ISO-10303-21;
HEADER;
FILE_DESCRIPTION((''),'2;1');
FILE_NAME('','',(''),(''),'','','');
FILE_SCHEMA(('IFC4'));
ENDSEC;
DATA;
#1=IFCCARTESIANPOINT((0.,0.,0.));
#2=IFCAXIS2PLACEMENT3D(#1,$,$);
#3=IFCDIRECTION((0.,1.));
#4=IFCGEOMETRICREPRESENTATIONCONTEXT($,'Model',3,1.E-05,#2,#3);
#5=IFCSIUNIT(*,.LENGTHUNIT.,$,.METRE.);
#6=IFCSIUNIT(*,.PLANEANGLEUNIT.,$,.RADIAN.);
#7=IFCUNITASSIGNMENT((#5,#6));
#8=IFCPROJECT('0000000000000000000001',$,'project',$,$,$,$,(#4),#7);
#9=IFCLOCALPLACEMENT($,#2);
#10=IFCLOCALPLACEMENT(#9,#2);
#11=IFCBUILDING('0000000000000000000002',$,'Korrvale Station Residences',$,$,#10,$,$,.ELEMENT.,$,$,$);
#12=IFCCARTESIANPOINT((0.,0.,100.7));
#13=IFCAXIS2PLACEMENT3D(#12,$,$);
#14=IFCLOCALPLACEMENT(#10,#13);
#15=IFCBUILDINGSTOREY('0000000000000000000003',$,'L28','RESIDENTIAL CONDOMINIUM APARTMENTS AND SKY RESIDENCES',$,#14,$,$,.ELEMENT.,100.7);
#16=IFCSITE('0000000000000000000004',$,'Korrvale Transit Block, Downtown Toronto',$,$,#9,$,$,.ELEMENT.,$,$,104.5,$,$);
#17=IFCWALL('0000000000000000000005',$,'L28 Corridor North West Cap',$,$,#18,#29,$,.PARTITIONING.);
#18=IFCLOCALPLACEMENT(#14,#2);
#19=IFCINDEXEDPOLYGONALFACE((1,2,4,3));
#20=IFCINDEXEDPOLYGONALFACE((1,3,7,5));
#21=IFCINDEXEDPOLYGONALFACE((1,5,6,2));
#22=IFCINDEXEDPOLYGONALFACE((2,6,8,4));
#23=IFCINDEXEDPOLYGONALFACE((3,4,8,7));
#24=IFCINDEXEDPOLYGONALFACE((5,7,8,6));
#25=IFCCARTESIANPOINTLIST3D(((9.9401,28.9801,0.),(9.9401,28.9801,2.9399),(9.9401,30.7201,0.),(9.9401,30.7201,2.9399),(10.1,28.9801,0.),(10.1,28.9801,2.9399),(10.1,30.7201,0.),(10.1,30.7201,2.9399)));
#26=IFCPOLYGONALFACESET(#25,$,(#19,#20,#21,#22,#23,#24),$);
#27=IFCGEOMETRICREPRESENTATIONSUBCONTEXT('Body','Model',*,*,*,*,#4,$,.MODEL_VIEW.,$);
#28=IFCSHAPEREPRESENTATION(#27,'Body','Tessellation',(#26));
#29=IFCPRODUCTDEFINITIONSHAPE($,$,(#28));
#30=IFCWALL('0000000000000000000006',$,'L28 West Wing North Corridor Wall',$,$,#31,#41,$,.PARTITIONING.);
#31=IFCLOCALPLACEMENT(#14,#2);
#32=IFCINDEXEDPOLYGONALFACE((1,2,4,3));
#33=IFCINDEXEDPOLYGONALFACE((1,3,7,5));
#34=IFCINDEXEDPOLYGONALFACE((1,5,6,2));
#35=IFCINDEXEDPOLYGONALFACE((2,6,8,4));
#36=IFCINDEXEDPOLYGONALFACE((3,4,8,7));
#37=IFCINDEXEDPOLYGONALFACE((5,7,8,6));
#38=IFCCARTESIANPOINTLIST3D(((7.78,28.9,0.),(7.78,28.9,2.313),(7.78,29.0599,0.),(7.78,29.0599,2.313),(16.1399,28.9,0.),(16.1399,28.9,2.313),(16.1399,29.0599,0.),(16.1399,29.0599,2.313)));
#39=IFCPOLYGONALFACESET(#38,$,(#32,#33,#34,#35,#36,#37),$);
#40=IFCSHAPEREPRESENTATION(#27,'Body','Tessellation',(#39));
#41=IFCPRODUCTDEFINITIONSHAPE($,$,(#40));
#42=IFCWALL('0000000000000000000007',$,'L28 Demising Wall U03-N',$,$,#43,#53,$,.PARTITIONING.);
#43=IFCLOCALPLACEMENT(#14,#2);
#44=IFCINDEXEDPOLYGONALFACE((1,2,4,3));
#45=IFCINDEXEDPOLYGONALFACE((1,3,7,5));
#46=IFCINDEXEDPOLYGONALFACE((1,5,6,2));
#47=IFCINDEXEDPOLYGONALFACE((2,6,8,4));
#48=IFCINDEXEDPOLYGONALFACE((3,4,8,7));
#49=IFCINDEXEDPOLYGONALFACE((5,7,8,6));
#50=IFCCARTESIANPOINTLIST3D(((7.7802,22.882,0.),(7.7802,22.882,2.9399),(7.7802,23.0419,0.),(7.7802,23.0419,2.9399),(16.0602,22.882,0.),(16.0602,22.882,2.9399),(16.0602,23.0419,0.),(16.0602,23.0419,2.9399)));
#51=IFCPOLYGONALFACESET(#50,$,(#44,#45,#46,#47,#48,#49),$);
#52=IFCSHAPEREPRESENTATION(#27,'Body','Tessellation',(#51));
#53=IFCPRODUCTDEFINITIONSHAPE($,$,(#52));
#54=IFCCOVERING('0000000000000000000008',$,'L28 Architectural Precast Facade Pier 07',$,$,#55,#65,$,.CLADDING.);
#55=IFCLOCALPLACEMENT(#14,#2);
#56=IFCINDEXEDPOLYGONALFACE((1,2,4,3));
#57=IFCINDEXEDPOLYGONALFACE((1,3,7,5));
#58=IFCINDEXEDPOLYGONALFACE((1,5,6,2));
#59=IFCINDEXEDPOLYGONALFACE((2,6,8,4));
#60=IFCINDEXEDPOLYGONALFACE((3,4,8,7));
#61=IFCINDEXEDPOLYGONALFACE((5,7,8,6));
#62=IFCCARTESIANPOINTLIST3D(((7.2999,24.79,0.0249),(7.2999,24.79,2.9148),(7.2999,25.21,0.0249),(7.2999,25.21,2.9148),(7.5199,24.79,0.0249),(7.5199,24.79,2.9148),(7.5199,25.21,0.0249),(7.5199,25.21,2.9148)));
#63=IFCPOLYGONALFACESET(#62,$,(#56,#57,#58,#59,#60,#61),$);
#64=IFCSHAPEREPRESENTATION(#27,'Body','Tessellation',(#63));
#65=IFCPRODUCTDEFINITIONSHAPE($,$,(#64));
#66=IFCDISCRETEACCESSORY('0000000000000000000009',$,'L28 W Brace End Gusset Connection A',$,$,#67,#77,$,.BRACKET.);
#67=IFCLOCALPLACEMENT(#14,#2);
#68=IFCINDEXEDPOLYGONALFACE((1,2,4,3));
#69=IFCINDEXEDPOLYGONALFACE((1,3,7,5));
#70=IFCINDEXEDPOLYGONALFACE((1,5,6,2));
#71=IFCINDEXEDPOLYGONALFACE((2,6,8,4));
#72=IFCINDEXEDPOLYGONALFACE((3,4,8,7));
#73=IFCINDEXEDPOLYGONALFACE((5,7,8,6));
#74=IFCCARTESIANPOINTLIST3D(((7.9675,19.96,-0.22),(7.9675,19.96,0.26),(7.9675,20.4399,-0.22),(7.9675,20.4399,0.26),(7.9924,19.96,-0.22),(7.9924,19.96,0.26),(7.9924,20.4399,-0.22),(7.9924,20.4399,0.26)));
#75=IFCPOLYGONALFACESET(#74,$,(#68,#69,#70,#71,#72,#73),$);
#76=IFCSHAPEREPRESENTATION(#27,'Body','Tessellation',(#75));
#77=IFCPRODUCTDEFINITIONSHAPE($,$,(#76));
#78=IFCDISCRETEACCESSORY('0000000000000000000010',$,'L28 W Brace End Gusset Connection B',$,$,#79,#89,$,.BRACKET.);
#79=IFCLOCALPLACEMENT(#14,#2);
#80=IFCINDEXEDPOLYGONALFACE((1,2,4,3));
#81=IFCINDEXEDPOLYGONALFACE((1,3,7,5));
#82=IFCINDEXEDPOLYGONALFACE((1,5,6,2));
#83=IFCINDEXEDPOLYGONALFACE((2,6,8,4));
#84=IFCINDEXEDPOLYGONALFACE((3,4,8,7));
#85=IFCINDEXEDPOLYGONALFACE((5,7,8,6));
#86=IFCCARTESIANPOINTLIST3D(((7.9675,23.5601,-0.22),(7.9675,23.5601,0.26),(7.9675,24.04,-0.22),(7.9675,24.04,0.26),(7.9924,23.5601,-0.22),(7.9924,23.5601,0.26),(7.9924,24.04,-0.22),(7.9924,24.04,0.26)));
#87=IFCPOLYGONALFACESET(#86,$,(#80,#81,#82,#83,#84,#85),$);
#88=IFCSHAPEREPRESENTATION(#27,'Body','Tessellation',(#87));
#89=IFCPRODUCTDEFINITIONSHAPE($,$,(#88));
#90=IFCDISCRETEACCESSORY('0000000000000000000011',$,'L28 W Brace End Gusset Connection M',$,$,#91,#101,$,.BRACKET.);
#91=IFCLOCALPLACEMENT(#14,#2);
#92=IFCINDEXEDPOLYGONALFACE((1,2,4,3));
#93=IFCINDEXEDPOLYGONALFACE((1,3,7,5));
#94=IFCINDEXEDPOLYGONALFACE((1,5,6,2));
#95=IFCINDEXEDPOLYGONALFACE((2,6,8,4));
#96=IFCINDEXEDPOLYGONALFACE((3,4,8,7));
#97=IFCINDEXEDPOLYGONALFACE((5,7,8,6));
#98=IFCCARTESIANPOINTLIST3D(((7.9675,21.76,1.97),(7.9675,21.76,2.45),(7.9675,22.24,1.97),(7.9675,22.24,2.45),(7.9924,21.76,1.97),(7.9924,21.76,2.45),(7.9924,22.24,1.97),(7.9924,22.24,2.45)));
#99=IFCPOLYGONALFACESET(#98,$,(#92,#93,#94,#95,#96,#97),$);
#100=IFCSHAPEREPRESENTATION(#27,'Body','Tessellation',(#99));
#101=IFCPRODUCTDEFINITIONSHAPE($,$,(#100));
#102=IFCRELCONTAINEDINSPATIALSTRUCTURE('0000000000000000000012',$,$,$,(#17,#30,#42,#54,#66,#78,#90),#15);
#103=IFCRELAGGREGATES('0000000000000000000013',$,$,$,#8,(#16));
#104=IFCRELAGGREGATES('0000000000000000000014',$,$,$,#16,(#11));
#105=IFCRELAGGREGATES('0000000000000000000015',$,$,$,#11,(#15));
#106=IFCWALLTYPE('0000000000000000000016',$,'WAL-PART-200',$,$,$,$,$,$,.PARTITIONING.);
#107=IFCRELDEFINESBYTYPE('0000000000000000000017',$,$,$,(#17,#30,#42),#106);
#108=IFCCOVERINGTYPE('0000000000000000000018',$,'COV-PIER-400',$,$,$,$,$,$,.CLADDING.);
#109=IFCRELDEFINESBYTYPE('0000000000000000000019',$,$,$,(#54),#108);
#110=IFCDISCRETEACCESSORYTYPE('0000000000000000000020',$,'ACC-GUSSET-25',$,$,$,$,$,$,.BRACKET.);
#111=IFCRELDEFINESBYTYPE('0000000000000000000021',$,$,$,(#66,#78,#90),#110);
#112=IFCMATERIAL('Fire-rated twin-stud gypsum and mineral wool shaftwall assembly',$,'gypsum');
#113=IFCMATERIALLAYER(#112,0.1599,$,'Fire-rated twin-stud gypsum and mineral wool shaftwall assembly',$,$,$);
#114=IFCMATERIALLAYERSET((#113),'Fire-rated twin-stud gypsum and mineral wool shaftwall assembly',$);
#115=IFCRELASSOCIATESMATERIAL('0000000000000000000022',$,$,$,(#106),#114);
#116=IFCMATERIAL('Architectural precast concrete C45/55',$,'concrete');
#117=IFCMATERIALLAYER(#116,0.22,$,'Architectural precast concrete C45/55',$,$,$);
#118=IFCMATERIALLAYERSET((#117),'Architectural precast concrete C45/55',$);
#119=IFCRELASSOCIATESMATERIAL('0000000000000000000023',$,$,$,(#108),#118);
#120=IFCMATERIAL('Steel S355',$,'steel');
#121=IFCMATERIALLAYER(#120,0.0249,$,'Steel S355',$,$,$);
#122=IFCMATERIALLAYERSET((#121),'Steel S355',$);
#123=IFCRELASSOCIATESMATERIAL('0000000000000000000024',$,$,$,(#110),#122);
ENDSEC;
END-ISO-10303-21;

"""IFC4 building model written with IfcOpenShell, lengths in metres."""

from ifc_helpers import new_model, si_unit, direction, frame, frame_2d, origin, origin_2d, place, context, subcontext, project, spatial, rectangle, extrude, material, layer, layer_set, type_object, element, save


model = new_model("IFC4")

# Units and contexts
model_context = context("Model", 3, precision=1e-05, world=origin(), true_north=direction((0.0, 1.0)))
body_context = subcontext(model_context, "Body", "Model", "MODEL_VIEW")
ifc_project = project(units=[si_unit("LENGTHUNIT", "METRE"), si_unit("PLANEANGLEUNIT", "RADIAN")], contexts=[model_context])

# Site, building, storey
site_placement = place(None, origin())
site = spatial("IfcSite", under=ifc_project, at=site_placement, Name="Korrvale Transit Block, Downtown Toronto", CompositionType="ELEMENT", RefElevation=104.5)
building_placement = place(site_placement, origin())
building = spatial("IfcBuilding", under=site, at=building_placement, Name="Korrvale Station Residences", CompositionType="ELEMENT")
storey_placement = place(building_placement, frame((0.0, 0.0, 100.7)))
storey = spatial("IfcBuildingStorey", under=building, at=storey_placement, Name="L28", Description="RESIDENTIAL CONDOMINIUM APARTMENTS AND SKY RESIDENCES", CompositionType="ELEMENT", Elevation=100.7)

# Shared definitions
ifc_material_1 = material(Name="Steel S355", Category="steel")

# Walls
ifc_material_2 = material(Name="Fire-rated twin-stud gypsum and mineral wool shaftwall assembly", Category="gypsum")
ifc_layer_1 = layer(ifc_material_2, 0.1599, Name="Fire-rated twin-stud gypsum and mineral wool shaftwall assembly")
ifc_layer_set_1 = layer_set([ifc_layer_1], Name="Fire-rated twin-stud gypsum and mineral wool shaftwall assembly")
wall_type_1 = type_object("IfcWallType", Name="WAL-PART-200", PredefinedType="PARTITIONING", material=ifc_layer_set_1)
wall_1_placement = place(storey_placement, frame((10.02, 28.98, 0.0), z_axis=(0.0, 0.0, 1.0), x_axis=(0.0, 1.0, 0.0)))
element("IfcWall", 1, at=wall_1_placement, inside=storey, type_object=wall_type_1, Name="L28 Corridor North West Cap", PredefinedType="PARTITIONING", context=body_context, shape_type="SweptSolid", body=[
    extrude(rectangle(XDim=1.74, YDim=0.1599, at=frame_2d((0.8701, 0.0))), origin(), (0.0, 0.0, 1.0), 2.9399),
])
wall_2_placement = place(storey_placement, frame((7.78, 28.98, 0.0), z_axis=(0.0, 0.0, 1.0), x_axis=(1.0, 0.0, 0.0)))
element("IfcWall", 2, at=wall_2_placement, inside=storey, type_object=wall_type_1, Name="L28 West Wing North Corridor Wall", PredefinedType="PARTITIONING", context=body_context, shape_type="SweptSolid", body=[
    extrude(rectangle(XDim=8.3599, YDim=0.1599, at=frame_2d((4.1799, 0.0))), origin(), (0.0, 0.0, 1.0), 2.313),
])
wall_3_placement = place(storey_placement, frame((7.78, 22.9619, 0.0), z_axis=(0.0, 0.0, 1.0), x_axis=(1.0, 0.0, 0.0)))
element("IfcWall", 3, at=wall_3_placement, inside=storey, type_object=wall_type_1, Name="L28 Demising Wall U03-N", PredefinedType="PARTITIONING", context=body_context, shape_type="SweptSolid", body=[
    extrude(rectangle(XDim=8.28, YDim=0.1599, at=frame_2d((4.1401, 0.0))), origin(), (0.0, 0.0, 1.0), 2.9399),
])

# Covering
ifc_material_3 = material(Name="Architectural precast concrete C45/55", Category="concrete")
ifc_layer_2 = layer(ifc_material_3, 0.22, Name="Architectural precast concrete C45/55")
ifc_layer_set_2 = layer_set([ifc_layer_2], Name="Architectural precast concrete C45/55")
covering_type = type_object("IfcCoveringType", Name="COV-PIER-400", PredefinedType="CLADDING", material=ifc_layer_set_2)
covering_placement = place(storey_placement, frame((7.4099, 25.0, 0.0249), z_axis=(0.0, 0.0, 1.0), x_axis=(0.0, 1.0, 0.0)))
element("IfcCovering", 4, at=covering_placement, inside=storey, type_object=covering_type, Name="L28 Architectural Precast Facade Pier 07", PredefinedType="CLADDING", context=body_context, shape_type="SweptSolid", body=[
    extrude(rectangle(XDim=0.4199, YDim=0.22, at=origin_2d()), origin(), (0.0, 0.0, 1.0), 2.8899),
])

# Discrete accessories
ifc_layer_3 = layer(ifc_material_1, 0.0249, Name="Steel S355")
ifc_layer_set_3 = layer_set([ifc_layer_3], Name="Steel S355")
discrete_accessory_type = type_object("IfcDiscreteAccessoryType", Name="ACC-GUSSET-25", PredefinedType="BRACKET", material=ifc_layer_set_3)
for number, where, z_axis, x_axis, name in (
    (5, (7.98, 20.2, -0.22), (0.0, 0.0, 1.0), (0.0, 1.0, 0.0), "L28 W Brace End Gusset Connection A"),
    (6, (7.98, 23.8, -0.22), (0.0, 0.0, 1.0), (0.0, 1.0, 0.0), "L28 W Brace End Gusset Connection B"),
    (7, (7.98, 22.0, 1.97), (0.0, 0.0, 1.0), (0.0, 1.0, 0.0), "L28 W Brace End Gusset Connection M"),
):
    element("IfcDiscreteAccessory", number, at=place(storey_placement, frame(where, z_axis=z_axis, x_axis=x_axis)), inside=storey, type_object=discrete_accessory_type, Name=name, PredefinedType="BRACKET", context=body_context, shape_type="SweptSolid", body=[
        extrude(rectangle(XDim=0.48, YDim=0.0249, at=origin_2d()), origin(), (0.0, 0.0, 1.0), 0.48),
    ])

save(model, "model.ifc")
